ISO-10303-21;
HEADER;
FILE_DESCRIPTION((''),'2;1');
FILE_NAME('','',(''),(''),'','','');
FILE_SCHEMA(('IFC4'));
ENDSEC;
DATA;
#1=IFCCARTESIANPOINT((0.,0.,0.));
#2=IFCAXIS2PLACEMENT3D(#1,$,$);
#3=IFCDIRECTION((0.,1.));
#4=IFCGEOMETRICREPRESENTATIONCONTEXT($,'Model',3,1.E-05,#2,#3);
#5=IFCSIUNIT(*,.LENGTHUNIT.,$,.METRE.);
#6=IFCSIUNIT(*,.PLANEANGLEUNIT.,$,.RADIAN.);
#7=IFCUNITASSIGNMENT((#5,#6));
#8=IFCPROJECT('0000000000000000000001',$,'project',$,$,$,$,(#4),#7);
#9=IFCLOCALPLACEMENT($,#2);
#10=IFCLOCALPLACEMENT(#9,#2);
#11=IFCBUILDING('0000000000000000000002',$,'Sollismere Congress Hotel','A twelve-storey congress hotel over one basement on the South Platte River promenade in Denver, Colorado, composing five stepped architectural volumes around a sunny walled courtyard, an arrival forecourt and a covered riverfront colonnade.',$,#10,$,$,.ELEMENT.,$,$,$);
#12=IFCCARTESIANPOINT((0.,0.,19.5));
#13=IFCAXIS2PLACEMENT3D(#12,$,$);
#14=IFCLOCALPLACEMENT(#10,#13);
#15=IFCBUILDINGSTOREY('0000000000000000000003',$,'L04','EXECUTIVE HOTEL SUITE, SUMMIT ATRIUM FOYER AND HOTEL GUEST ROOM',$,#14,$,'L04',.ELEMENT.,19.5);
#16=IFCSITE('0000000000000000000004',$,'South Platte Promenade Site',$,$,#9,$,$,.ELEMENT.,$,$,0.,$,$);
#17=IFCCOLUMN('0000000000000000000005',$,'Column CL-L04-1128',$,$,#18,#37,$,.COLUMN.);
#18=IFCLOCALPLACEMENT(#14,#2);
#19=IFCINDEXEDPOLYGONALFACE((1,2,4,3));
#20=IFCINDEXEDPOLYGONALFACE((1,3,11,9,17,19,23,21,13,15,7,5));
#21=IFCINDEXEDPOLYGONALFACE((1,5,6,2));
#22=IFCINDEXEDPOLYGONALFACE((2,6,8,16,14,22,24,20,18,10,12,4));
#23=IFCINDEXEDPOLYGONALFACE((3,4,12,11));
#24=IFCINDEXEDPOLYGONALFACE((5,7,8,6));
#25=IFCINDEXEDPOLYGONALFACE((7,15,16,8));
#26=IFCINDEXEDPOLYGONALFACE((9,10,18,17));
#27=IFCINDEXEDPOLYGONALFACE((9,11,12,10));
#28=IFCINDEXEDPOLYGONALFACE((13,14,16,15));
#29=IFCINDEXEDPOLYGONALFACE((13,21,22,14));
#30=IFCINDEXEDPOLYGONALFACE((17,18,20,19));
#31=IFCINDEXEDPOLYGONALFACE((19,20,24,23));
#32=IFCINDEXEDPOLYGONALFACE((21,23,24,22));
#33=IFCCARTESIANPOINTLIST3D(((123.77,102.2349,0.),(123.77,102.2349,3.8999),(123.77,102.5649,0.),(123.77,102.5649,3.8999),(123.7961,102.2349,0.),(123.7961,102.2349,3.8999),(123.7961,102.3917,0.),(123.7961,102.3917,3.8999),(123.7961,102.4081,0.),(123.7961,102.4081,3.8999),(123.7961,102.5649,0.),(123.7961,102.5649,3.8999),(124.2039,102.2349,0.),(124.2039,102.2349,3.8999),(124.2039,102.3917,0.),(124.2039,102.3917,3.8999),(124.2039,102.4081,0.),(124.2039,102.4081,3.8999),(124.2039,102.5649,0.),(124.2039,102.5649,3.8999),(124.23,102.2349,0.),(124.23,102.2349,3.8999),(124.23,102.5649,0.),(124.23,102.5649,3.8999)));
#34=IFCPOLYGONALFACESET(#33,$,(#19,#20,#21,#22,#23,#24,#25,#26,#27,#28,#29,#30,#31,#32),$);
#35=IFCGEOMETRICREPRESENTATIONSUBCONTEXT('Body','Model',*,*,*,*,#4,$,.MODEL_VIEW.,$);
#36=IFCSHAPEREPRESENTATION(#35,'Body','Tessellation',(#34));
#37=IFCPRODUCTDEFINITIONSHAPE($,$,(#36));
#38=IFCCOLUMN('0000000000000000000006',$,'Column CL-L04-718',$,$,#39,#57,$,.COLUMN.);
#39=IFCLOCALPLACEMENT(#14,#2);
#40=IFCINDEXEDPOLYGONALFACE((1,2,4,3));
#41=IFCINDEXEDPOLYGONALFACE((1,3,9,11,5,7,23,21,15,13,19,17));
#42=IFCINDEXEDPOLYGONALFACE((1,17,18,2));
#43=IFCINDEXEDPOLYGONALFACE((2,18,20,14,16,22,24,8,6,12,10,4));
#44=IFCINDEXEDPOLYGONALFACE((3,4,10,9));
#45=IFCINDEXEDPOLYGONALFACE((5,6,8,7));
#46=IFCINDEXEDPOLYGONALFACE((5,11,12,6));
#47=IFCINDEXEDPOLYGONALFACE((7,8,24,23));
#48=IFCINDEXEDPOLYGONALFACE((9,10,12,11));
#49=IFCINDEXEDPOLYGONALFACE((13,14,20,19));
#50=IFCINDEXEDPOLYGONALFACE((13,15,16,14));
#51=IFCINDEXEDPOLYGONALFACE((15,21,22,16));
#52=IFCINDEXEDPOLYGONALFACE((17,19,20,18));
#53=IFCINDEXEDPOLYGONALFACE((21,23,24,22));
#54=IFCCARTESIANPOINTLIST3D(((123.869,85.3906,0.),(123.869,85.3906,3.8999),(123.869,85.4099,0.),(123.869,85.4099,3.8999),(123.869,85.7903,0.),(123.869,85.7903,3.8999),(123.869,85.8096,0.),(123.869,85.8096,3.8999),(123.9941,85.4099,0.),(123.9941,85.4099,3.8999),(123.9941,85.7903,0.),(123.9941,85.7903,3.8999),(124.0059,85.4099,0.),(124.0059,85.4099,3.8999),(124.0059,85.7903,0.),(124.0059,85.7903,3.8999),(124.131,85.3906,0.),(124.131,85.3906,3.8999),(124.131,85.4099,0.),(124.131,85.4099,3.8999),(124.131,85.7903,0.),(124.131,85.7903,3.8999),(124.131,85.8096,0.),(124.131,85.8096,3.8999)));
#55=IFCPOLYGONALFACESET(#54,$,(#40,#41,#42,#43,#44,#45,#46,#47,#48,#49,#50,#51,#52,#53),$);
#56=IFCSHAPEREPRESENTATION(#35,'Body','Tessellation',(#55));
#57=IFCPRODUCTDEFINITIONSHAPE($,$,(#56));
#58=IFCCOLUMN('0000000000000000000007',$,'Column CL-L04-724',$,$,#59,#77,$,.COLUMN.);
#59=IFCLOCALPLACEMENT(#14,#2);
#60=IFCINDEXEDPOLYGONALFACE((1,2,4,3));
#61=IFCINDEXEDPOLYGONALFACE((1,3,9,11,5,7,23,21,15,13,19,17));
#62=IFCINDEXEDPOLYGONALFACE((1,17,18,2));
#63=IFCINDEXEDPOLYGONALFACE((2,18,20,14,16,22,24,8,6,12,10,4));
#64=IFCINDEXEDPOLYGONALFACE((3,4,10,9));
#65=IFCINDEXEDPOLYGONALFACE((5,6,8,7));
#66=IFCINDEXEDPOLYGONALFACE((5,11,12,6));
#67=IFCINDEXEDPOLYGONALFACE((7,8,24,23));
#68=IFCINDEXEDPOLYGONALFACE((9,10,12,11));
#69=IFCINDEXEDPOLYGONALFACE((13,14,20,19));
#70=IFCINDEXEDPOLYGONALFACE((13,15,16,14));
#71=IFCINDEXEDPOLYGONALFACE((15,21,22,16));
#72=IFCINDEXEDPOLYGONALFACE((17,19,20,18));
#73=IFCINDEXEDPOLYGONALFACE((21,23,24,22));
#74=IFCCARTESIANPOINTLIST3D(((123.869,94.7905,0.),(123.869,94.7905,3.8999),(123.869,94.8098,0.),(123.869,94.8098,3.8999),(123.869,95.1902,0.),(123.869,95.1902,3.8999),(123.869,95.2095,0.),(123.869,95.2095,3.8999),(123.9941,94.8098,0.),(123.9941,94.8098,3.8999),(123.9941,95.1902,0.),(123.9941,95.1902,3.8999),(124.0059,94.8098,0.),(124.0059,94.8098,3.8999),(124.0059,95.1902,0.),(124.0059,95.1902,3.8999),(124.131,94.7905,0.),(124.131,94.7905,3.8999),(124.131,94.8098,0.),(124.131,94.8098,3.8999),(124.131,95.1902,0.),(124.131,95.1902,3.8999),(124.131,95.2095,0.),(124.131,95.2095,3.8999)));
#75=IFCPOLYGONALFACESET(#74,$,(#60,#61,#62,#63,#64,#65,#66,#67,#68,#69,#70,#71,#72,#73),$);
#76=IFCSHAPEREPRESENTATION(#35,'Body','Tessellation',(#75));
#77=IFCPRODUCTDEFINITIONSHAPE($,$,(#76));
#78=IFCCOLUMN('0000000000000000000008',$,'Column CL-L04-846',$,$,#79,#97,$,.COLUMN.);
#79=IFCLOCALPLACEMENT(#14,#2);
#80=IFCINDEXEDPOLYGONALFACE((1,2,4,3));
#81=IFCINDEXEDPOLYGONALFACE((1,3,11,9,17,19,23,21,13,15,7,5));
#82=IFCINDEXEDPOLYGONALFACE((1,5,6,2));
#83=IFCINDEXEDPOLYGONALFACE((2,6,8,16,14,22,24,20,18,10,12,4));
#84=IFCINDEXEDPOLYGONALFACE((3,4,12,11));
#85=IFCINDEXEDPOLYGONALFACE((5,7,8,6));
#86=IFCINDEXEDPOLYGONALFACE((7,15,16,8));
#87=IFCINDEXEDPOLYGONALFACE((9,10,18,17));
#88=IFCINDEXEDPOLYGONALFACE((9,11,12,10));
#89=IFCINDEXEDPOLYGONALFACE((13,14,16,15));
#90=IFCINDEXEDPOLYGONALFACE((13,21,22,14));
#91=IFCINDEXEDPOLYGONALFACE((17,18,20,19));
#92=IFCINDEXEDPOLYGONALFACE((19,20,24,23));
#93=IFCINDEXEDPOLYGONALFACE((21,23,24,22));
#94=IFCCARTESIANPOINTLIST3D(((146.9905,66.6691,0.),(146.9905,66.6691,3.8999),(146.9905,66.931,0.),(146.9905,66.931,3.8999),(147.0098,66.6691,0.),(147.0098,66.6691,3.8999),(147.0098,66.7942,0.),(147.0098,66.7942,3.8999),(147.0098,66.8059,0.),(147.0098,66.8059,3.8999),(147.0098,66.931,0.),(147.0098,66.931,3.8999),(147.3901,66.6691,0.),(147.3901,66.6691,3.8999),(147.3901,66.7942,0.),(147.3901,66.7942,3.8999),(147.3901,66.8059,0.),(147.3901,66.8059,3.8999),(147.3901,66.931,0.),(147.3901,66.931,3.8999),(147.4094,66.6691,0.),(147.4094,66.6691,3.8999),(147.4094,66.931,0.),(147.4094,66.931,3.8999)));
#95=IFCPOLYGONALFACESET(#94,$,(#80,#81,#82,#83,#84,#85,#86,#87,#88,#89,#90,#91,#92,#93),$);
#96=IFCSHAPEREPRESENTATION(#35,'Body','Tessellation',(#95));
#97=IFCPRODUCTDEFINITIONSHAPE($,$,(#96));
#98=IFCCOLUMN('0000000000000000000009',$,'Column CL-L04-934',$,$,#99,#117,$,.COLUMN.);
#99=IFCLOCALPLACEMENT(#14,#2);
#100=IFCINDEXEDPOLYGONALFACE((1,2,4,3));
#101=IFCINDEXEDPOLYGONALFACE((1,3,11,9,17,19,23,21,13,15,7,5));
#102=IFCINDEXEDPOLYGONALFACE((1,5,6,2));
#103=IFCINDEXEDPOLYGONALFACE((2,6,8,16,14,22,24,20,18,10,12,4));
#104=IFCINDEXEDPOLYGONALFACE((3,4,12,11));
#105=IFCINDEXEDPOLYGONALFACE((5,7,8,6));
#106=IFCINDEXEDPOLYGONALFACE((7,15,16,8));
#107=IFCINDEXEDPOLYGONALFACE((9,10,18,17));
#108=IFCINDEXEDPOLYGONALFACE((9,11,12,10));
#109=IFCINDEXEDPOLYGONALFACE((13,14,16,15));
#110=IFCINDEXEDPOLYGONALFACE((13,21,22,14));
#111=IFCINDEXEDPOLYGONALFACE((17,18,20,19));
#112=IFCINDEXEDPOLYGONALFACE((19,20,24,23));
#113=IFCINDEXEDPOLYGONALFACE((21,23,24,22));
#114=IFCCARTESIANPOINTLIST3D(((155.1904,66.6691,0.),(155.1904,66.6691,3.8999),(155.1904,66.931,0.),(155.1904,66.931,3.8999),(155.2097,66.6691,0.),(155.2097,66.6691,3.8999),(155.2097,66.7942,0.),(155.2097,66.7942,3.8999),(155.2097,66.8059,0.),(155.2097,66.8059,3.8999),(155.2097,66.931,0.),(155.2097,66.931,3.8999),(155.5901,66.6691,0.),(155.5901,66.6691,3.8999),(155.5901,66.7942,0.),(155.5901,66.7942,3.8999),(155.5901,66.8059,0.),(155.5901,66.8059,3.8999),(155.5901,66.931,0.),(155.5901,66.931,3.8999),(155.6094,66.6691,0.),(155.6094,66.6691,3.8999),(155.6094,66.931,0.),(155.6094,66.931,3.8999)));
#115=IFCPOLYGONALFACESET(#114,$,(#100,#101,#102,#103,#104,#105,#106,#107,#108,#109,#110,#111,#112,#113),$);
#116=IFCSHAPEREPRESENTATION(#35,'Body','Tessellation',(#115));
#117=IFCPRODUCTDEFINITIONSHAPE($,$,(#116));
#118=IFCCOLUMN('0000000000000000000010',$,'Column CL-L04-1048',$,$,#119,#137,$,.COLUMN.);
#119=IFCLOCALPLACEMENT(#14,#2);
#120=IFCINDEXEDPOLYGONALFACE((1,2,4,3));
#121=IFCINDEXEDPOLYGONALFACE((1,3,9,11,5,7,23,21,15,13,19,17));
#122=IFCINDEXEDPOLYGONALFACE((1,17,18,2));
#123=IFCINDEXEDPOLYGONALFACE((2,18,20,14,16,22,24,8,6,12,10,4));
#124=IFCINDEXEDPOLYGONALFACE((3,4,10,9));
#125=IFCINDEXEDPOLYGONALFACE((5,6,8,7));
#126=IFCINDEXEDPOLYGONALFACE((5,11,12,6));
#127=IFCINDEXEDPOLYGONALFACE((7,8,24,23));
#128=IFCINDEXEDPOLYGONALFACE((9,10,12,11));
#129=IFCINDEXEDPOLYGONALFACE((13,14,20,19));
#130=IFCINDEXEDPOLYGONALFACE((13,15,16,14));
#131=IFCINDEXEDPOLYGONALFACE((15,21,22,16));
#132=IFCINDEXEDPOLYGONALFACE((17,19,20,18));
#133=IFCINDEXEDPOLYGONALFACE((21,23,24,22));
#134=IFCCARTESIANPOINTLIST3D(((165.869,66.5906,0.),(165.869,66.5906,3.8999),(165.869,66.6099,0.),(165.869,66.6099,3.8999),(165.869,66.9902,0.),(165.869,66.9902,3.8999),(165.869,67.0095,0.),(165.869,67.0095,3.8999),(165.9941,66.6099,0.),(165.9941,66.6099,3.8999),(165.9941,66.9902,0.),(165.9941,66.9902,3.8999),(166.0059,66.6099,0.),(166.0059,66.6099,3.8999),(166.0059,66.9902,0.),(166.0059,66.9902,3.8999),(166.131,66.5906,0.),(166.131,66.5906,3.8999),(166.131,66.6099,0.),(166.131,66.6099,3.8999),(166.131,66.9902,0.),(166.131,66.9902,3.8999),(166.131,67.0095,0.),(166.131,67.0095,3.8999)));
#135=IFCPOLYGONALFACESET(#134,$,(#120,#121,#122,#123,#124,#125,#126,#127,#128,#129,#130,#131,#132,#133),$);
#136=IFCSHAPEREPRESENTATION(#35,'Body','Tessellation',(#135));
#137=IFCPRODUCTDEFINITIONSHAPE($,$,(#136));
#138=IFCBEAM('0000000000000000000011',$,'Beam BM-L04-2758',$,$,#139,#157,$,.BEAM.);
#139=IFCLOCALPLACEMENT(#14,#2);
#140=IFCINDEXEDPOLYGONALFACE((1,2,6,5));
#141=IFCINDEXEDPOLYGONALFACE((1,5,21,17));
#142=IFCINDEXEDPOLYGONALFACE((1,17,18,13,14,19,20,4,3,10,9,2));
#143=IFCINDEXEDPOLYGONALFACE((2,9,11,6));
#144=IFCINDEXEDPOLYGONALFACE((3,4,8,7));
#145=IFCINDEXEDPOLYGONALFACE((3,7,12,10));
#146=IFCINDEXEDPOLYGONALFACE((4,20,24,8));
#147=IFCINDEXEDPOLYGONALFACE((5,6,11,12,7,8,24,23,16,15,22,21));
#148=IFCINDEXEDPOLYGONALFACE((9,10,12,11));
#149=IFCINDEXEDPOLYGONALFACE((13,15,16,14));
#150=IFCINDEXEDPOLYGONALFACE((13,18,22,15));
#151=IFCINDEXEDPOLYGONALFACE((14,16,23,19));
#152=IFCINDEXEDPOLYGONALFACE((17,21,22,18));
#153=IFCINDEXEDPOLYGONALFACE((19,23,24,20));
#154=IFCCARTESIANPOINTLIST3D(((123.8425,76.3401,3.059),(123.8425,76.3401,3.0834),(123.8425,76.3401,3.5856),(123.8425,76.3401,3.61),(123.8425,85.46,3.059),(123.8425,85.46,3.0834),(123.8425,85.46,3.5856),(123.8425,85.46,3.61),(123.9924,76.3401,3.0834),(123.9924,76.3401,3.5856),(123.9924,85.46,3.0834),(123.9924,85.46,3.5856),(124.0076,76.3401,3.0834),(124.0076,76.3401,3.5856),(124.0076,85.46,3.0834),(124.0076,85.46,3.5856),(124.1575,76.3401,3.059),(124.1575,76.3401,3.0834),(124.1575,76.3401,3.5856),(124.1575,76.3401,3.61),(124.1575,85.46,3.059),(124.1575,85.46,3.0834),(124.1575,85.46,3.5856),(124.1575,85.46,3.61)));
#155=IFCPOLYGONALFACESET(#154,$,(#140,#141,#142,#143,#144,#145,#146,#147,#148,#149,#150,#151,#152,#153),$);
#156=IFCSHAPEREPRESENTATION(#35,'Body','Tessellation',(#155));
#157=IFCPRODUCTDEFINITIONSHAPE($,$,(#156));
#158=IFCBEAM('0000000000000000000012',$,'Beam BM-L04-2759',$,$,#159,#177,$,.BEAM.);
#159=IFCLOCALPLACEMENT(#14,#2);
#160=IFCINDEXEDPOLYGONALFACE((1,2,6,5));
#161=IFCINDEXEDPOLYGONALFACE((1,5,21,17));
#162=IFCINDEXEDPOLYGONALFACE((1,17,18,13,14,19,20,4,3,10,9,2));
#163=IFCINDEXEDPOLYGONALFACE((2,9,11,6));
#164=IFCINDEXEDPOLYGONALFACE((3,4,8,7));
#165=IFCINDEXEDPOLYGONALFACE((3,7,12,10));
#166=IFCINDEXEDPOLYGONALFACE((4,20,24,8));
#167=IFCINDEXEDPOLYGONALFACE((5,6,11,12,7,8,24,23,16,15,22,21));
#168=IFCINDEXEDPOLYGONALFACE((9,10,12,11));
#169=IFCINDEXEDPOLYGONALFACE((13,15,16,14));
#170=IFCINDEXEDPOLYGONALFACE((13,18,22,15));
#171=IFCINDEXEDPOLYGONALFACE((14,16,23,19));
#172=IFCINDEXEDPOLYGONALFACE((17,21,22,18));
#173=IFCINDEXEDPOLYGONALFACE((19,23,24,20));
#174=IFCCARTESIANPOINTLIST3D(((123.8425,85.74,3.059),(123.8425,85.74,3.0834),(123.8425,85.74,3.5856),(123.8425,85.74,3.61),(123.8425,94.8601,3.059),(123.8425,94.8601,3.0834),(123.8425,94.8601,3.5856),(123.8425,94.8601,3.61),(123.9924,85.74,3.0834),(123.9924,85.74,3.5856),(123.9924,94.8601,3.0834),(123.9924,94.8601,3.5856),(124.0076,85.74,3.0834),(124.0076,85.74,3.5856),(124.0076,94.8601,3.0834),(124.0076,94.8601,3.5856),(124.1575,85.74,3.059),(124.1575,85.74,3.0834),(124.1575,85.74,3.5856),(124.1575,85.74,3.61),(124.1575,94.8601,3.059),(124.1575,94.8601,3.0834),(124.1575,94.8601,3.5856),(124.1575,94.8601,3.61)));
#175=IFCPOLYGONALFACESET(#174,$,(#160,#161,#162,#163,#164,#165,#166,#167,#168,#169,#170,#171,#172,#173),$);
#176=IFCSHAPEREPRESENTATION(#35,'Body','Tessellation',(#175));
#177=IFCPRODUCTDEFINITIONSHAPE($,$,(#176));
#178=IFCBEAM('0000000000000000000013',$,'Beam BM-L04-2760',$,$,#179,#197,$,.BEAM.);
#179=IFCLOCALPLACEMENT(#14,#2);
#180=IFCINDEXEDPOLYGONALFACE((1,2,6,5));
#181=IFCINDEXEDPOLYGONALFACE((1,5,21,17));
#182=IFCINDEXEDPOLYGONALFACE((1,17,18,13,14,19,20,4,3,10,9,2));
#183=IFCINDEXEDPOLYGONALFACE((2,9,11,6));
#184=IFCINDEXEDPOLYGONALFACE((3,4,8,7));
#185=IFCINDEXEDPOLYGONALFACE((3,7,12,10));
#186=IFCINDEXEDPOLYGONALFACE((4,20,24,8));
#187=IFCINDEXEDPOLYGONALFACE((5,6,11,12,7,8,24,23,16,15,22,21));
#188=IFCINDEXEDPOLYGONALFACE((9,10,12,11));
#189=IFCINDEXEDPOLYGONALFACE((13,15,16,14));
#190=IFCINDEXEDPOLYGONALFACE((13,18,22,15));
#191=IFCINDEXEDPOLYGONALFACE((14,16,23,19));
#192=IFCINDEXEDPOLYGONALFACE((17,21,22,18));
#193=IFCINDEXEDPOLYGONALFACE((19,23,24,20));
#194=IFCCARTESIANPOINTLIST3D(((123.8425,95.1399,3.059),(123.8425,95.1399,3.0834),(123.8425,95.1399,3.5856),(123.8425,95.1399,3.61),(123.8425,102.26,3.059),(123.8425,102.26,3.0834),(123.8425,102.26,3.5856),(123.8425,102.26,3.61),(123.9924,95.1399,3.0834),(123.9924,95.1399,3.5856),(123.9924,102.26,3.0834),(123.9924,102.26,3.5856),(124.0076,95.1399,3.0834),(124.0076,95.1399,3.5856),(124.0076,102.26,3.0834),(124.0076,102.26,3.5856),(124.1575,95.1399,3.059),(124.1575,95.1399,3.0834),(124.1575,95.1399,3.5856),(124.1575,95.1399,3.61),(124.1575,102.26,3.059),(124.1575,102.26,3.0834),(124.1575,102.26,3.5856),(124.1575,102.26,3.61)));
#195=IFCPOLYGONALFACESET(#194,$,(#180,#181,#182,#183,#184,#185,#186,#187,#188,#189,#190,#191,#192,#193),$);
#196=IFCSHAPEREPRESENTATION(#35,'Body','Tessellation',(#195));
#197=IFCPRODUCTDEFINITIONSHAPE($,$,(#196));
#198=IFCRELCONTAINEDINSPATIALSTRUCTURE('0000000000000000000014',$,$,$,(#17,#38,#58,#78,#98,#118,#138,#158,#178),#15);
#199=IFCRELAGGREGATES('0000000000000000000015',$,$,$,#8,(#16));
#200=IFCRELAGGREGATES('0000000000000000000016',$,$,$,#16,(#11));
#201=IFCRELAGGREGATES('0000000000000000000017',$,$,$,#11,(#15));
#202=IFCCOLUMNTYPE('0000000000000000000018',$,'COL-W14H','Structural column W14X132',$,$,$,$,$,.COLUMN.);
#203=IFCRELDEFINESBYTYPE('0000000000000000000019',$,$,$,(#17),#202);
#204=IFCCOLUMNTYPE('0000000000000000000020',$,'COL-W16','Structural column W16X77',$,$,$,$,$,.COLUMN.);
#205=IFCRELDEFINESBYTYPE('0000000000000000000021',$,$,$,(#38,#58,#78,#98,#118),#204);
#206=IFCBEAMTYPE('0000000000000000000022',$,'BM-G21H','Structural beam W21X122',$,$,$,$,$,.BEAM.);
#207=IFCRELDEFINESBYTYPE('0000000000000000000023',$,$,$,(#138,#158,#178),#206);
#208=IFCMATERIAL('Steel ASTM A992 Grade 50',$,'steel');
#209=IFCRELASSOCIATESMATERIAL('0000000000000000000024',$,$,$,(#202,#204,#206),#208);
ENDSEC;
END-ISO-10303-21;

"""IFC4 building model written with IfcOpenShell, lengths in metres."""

from ifc_helpers import new_model, si_unit, direction, frame, origin, origin_2d, place, context, subcontext, project, spatial, i_section, extrude, material, material_profile, profile_set, type_object, element, save


model = new_model("IFC4")

# Units and contexts
model_context = context("Model", 3, precision=1e-05, world=origin(), true_north=direction((0.0, 1.0)))
body_context = subcontext(model_context, "Body", "Model", "MODEL_VIEW")
ifc_project = project(units=[si_unit("LENGTHUNIT", "METRE"), si_unit("PLANEANGLEUNIT", "RADIAN")], contexts=[model_context])

# Site, building, storey
site_placement = place(None, origin())
site = spatial("IfcSite", under=ifc_project, at=site_placement, Name="South Platte Promenade Site", CompositionType="ELEMENT", RefElevation=0.0)
building_placement = place(site_placement, origin())
building = spatial("IfcBuilding", under=site, at=building_placement, Name="Sollismere Congress Hotel", Description="A twelve-storey congress hotel over one basement on the South Platte River promenade in Denver, Colorado, composing five stepped architectural volumes around a sunny walled courtyard, an arrival forecourt and a covered riverfront colonnade.", CompositionType="ELEMENT")
storey_placement = place(building_placement, frame((0.0, 0.0, 19.5)))
storey = spatial("IfcBuildingStorey", under=building, at=storey_placement, Name="L04", Description="EXECUTIVE HOTEL SUITE, SUMMIT ATRIUM FOYER AND HOTEL GUEST ROOM", LongName="L04", CompositionType="ELEMENT", Elevation=19.5)

# Columns
ifc_material_1 = material(Name="Steel ASTM A992 Grade 50", Category="steel")
ifc_material_profile_1 = material_profile(ifc_material_1, i_section(OverallWidth=0.3301, OverallDepth=0.46, WebThickness=0.0164, FlangeThickness=0.0261, at=origin_2d()), Name="W14X132")
ifc_profile_set_1 = profile_set([ifc_material_profile_1], Name="Steel ASTM A992 Grade 50")
column_type_1 = type_object("IfcColumnType", Name="COL-W14H", Description="Structural column W14X132", PredefinedType="COLUMN", material=ifc_profile_set_1)
column_placement = place(storey_placement, frame((124.0, 102.3999, 0.0), z_axis=(0.0, 0.0, 1.0), x_axis=(0.0, 1.0, 0.0)))
element("IfcColumn", 1, at=column_placement, inside=storey, type_object=column_type_1, Name="Column CL-L04-1128", PredefinedType="COLUMN", context=body_context, shape_type="SweptSolid", body=[
    extrude(i_section(OverallWidth=0.3301, OverallDepth=0.46, WebThickness=0.0164, FlangeThickness=0.0261, at=origin_2d()), origin(), (0.0, 0.0, 1.0), 3.8999),
])
ifc_material_profile_2 = material_profile(ifc_material_1, i_section(OverallWidth=0.262, OverallDepth=0.4189, WebThickness=0.0117, FlangeThickness=0.0193, at=origin_2d()), Name="W16X77")
ifc_profile_set_2 = profile_set([ifc_material_profile_2], Name="Steel ASTM A992 Grade 50")
column_type_2 = type_object("IfcColumnType", Name="COL-W16", Description="Structural column W16X77", PredefinedType="COLUMN", material=ifc_profile_set_2)
for number, where, z_axis, x_axis, name in (
    (2, (124.0, 85.6001, 0.0), (0.0, 0.0, 1.0), (1.0, 0.0, 0.0), "Column CL-L04-718"),
    (3, (124.0, 95.0, 0.0), (0.0, 0.0, 1.0), (1.0, 0.0, 0.0), "Column CL-L04-724"),
    (4, (147.2, 66.8, 0.0), (0.0, 0.0, 1.0), (0.0, 1.0, 0.0), "Column CL-L04-846"),
    (5, (155.3999, 66.8, 0.0), (0.0, 0.0, 1.0), (0.0, 1.0, 0.0), "Column CL-L04-934"),
    (6, (166.0, 66.8, 0.0), (0.0, 0.0, 1.0), (1.0, 0.0, 0.0), "Column CL-L04-1048"),
):
    element("IfcColumn", number, at=place(storey_placement, frame(where, z_axis=z_axis, x_axis=x_axis)), inside=storey, type_object=column_type_2, Name=name, PredefinedType="COLUMN", context=body_context, shape_type="SweptSolid", body=[
        extrude(i_section(OverallWidth=0.262, OverallDepth=0.4189, WebThickness=0.0117, FlangeThickness=0.0193, at=origin_2d()), origin(), (0.0, 0.0, 1.0), 3.8999),
    ])

# Beams
ifc_material_profile_3 = material_profile(ifc_material_1, i_section(OverallWidth=0.3149, OverallDepth=0.551, WebThickness=0.0151, FlangeThickness=0.0244, at=origin_2d()), Name="W21X122")
ifc_profile_set_3 = profile_set([ifc_material_profile_3], Name="Steel ASTM A992 Grade 50")
beam_type_1 = type_object("IfcBeamType", Name="BM-G21H", Description="Structural beam W21X122", PredefinedType="BEAM", material=ifc_profile_set_3)
beam_1_placement = place(storey_placement, frame((124.0, 76.3401, 3.3345), z_axis=(0.0, 1.0, 0.0), x_axis=(-1.0, 0.0, 0.0)))
element("IfcBeam", 7, at=beam_1_placement, inside=storey, type_object=beam_type_1, Name="Beam BM-L04-2758", PredefinedType="BEAM", context=body_context, shape_type="SweptSolid", body=[
    extrude(i_section(OverallWidth=0.3149, OverallDepth=0.551, WebThickness=0.0151, FlangeThickness=0.0244, at=origin_2d()), origin(), (0.0, 0.0, 1.0), 9.1199),
])
beam_2_placement = place(storey_placement, frame((124.0, 85.74, 3.3345), z_axis=(0.0, 1.0, 0.0), x_axis=(-1.0, 0.0, 0.0)))
element("IfcBeam", 8, at=beam_2_placement, inside=storey, type_object=beam_type_1, Name="Beam BM-L04-2759", PredefinedType="BEAM", context=body_context, shape_type="SweptSolid", body=[
    extrude(i_section(OverallWidth=0.3149, OverallDepth=0.551, WebThickness=0.0151, FlangeThickness=0.0244, at=origin_2d()), origin(), (0.0, 0.0, 1.0), 9.1201),
])
beam_3_placement = place(storey_placement, frame((124.0, 95.1399, 3.3345), z_axis=(0.0, 1.0, 0.0), x_axis=(-1.0, 0.0, 0.0)))
element("IfcBeam", 9, at=beam_3_placement, inside=storey, type_object=beam_type_1, Name="Beam BM-L04-2760", PredefinedType="BEAM", context=body_context, shape_type="SweptSolid", body=[
    extrude(i_section(OverallWidth=0.3149, OverallDepth=0.551, WebThickness=0.0151, FlangeThickness=0.0244, at=origin_2d()), origin(), (0.0, 0.0, 1.0), 7.1201),
])

save(model, "model.ifc")
